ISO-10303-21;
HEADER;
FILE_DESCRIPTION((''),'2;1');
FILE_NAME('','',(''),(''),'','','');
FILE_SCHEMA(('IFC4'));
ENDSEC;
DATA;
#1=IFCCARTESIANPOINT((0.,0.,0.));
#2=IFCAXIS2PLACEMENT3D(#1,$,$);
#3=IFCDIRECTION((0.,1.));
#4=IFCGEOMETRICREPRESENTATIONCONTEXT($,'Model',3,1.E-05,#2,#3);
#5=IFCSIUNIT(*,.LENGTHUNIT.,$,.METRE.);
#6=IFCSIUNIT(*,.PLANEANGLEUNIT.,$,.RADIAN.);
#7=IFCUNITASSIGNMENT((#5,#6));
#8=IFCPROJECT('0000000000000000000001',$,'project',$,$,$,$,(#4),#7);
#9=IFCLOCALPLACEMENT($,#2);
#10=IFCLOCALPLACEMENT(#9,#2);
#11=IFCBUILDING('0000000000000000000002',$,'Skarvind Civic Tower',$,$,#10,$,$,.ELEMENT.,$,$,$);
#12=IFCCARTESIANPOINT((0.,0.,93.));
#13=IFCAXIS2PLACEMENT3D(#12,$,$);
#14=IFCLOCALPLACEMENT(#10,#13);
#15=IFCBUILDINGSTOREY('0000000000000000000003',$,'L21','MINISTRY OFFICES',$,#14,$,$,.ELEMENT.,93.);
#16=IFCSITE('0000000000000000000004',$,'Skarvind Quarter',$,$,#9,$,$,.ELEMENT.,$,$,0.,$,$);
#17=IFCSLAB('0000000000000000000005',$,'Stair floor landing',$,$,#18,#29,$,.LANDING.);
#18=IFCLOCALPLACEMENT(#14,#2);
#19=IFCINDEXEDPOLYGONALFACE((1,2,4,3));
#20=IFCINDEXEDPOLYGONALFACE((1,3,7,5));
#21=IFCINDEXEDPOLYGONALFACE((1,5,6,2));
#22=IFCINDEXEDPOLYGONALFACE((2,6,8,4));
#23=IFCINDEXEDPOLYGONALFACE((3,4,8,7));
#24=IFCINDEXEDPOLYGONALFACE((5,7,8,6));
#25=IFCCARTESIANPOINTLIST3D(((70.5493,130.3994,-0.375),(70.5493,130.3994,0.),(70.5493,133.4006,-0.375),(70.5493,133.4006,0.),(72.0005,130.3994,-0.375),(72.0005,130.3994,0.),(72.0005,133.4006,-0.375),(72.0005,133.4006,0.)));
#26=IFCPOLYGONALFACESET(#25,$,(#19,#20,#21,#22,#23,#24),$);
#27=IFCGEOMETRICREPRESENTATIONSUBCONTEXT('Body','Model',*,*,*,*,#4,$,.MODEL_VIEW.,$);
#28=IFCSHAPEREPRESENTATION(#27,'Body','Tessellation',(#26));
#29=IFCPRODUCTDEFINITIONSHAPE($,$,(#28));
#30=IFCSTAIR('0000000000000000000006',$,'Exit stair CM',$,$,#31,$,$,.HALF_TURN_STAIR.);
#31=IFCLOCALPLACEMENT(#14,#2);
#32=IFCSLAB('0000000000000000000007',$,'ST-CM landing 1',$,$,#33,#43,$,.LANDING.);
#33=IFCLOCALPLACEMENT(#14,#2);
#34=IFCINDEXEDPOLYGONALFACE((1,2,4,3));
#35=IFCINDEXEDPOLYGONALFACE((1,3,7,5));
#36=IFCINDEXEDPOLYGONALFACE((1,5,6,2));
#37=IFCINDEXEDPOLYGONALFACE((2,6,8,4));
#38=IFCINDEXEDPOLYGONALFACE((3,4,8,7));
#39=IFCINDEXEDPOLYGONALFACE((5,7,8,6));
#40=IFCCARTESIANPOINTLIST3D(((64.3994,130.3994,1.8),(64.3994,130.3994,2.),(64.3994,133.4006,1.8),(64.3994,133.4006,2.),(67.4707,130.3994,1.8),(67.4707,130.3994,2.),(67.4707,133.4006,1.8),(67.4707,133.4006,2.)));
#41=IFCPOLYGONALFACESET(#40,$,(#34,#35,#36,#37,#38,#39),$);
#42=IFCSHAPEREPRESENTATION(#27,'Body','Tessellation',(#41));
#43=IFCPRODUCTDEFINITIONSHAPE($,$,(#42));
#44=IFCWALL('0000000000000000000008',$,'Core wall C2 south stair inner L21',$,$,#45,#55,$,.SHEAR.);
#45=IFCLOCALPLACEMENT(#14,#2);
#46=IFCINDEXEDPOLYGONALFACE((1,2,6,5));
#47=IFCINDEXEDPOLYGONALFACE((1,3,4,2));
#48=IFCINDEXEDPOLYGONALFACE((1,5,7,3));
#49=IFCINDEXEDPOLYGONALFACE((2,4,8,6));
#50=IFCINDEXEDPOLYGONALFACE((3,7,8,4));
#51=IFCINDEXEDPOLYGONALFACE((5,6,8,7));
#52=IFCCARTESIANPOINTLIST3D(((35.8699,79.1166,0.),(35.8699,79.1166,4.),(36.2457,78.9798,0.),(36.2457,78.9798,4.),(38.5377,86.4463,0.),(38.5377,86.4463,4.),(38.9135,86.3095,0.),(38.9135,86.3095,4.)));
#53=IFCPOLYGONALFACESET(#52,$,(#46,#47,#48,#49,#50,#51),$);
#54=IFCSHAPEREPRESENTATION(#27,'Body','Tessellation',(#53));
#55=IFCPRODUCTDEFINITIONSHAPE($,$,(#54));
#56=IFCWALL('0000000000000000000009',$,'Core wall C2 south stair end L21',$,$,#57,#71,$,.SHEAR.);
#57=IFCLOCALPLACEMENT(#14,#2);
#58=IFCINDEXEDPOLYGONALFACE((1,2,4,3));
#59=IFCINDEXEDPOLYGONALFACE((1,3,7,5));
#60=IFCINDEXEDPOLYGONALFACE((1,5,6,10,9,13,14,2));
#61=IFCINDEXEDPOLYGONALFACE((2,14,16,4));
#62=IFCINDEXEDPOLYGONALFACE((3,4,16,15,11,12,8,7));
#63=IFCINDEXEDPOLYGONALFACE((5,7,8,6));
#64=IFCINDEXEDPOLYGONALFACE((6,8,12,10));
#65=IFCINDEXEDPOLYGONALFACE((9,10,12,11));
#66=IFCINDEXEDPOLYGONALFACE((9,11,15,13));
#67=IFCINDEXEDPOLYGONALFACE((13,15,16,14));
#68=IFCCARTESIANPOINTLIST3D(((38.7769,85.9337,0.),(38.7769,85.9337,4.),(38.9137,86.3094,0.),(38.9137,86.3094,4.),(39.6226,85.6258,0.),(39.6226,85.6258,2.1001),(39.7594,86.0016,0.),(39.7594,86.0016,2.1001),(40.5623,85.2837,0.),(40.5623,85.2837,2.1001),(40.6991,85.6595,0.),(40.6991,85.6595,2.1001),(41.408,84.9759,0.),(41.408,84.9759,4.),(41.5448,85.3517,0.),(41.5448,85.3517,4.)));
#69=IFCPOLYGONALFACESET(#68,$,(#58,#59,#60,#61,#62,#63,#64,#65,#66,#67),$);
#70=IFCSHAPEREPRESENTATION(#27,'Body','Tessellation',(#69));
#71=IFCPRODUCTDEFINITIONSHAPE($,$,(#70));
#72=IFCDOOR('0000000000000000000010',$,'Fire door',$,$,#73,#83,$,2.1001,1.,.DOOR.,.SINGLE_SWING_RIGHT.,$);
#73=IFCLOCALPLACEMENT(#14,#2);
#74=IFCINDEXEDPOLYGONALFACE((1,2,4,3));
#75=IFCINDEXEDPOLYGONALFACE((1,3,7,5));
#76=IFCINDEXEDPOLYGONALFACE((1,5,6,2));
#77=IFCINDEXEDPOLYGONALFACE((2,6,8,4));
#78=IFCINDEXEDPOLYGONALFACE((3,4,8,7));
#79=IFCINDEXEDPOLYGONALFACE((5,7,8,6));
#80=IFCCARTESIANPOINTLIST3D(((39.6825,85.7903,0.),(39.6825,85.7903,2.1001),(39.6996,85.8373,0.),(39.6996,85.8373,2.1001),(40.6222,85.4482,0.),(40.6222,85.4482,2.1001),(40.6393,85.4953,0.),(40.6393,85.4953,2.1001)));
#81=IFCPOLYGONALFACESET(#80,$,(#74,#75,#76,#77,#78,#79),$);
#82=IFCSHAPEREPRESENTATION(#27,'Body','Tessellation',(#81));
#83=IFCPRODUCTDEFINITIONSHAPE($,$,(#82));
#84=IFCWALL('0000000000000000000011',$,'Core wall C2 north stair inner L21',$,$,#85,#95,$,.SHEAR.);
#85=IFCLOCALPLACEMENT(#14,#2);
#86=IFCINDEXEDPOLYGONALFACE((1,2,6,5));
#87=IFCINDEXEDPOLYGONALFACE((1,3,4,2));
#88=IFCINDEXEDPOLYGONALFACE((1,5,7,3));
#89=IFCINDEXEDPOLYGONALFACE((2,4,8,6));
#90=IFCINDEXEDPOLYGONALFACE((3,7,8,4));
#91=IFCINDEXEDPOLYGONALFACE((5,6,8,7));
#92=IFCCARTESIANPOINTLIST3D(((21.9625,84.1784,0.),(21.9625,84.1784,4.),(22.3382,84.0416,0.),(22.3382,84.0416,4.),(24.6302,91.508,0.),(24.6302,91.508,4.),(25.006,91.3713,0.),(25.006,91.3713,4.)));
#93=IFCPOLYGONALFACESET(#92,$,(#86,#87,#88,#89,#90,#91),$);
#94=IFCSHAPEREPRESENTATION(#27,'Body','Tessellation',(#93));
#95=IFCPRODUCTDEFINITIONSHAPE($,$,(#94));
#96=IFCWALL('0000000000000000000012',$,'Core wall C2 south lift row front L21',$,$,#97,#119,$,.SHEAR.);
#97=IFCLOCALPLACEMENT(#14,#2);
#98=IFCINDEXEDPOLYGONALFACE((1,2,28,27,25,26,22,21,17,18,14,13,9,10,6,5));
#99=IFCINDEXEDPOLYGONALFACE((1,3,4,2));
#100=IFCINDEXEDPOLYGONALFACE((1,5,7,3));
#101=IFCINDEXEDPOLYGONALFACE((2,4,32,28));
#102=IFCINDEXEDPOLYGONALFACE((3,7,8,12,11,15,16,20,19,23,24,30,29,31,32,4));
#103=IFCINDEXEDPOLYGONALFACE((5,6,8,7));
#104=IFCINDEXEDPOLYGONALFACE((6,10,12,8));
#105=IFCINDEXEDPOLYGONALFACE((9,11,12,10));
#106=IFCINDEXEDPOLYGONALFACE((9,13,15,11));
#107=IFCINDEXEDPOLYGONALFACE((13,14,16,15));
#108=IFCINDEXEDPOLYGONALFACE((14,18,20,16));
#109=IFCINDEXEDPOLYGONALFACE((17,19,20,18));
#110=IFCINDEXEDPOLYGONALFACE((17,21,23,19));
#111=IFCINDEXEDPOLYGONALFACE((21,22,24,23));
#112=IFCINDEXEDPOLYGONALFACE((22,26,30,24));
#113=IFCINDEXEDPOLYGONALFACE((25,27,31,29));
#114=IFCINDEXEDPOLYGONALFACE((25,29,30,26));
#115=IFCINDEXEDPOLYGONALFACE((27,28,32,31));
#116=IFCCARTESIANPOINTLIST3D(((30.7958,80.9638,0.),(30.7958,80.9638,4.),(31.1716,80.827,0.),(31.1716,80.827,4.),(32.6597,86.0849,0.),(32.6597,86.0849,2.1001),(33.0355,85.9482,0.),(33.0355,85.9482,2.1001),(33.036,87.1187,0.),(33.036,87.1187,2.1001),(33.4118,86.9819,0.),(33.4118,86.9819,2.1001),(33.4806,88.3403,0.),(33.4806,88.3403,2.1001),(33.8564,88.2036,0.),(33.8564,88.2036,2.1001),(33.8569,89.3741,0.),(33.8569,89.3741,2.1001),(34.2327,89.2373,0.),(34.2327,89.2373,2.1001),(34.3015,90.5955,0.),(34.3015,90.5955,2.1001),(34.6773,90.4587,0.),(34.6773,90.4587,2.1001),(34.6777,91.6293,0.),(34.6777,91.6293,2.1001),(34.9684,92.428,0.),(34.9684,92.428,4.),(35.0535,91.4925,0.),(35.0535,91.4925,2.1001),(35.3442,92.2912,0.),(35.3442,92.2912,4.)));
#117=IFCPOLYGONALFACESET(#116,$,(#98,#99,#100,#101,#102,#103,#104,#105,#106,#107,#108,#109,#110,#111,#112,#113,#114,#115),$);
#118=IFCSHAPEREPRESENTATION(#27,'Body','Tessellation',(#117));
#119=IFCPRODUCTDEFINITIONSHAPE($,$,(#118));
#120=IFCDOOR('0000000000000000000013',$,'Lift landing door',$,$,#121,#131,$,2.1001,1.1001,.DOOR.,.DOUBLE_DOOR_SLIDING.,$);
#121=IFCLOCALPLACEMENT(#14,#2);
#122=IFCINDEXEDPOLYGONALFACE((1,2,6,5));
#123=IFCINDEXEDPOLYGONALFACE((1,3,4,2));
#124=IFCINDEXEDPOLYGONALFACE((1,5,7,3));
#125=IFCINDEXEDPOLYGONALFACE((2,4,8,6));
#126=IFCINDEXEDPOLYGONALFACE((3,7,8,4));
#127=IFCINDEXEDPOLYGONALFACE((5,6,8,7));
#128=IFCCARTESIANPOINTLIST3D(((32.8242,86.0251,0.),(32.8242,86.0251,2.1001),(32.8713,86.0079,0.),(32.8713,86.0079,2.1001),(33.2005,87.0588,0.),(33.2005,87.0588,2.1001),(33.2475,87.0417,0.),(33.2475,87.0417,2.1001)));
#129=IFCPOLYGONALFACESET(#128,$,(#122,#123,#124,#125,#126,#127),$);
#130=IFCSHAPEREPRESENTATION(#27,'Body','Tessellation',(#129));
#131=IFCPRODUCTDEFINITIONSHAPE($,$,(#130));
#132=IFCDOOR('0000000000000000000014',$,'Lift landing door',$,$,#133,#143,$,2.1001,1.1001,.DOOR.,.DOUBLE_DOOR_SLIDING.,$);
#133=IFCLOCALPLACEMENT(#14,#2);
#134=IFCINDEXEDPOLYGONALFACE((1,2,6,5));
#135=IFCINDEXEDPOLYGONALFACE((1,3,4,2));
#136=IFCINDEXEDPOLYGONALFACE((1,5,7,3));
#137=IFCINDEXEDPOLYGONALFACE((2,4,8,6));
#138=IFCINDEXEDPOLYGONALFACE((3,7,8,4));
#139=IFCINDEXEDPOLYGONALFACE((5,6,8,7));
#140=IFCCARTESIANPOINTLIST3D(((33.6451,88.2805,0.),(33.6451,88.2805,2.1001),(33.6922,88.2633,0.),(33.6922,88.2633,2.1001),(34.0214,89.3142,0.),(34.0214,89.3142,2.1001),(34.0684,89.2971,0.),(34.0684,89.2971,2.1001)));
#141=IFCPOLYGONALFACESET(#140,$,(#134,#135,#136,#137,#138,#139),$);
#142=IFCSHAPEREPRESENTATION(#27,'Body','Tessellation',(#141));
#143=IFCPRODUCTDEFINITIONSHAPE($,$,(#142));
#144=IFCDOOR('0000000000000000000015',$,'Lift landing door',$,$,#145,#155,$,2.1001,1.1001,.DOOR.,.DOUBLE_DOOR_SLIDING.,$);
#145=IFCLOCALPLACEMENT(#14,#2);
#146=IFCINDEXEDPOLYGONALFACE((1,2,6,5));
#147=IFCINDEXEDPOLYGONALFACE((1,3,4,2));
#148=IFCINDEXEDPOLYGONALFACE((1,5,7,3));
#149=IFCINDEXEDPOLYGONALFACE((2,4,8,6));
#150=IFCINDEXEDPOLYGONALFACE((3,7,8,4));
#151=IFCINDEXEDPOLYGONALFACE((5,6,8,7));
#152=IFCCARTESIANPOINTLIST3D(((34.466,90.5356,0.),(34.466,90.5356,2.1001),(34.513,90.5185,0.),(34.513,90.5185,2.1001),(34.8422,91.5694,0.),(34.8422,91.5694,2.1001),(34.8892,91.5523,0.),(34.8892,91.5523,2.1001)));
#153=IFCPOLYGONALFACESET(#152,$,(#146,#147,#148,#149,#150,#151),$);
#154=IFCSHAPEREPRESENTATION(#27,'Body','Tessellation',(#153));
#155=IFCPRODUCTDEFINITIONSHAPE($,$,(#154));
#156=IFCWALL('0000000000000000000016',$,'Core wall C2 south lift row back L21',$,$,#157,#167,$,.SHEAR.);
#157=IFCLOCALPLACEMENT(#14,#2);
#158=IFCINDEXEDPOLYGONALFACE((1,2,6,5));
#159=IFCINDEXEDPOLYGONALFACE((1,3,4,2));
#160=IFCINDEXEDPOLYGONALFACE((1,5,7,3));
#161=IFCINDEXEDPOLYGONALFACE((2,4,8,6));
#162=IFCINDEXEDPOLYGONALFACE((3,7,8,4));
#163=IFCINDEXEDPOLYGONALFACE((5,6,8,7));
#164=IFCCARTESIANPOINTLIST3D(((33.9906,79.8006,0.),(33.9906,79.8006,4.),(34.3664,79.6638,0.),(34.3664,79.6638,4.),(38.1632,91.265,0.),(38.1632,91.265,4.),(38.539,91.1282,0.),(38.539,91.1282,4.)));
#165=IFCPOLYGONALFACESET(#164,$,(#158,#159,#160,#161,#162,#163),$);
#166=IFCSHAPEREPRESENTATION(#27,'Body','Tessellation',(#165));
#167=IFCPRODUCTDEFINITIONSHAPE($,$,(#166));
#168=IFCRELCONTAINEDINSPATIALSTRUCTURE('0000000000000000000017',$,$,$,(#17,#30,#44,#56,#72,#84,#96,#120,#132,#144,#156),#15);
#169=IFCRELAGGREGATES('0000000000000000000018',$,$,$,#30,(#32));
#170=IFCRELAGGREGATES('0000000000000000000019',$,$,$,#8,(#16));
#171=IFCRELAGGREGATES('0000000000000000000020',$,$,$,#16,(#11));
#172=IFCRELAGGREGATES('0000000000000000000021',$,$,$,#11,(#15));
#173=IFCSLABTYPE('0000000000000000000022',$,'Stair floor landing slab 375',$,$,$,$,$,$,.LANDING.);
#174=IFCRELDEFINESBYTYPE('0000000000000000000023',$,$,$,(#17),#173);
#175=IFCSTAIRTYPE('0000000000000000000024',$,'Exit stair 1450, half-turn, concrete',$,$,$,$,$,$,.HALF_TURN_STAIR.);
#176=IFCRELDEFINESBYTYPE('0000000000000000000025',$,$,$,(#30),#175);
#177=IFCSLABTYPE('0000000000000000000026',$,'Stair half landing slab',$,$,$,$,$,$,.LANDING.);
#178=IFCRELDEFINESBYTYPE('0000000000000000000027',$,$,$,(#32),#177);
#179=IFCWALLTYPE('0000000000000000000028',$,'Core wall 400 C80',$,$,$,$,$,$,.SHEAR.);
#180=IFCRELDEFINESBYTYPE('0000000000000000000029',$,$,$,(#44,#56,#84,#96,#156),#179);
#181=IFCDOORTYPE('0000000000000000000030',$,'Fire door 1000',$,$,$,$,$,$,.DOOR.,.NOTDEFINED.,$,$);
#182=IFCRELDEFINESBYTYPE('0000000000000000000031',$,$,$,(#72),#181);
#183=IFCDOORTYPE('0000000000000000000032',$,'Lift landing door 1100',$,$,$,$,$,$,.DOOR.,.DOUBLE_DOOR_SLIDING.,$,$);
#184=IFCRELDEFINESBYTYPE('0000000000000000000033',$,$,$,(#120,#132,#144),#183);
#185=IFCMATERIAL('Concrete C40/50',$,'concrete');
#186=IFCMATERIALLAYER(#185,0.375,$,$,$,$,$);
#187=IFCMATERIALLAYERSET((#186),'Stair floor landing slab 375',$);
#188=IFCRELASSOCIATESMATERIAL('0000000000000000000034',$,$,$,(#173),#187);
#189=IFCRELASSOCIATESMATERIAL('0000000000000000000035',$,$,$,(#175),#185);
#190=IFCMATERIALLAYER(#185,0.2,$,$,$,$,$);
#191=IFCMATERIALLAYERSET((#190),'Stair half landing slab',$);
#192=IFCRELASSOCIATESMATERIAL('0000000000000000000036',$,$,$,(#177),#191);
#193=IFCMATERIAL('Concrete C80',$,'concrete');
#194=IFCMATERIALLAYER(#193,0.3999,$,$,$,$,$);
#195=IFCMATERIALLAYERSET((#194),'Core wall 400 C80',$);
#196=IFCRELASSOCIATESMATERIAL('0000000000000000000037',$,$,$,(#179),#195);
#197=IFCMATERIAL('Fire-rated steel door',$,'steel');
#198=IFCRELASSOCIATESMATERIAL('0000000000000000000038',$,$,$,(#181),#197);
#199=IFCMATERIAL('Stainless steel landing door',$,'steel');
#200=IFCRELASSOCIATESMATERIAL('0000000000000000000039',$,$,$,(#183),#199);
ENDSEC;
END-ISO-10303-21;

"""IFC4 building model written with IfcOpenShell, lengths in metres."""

from ifc_helpers import new_model, si_unit, direction, frame, frame_2d, origin, place, context, subcontext, project, spatial, polyline, rectangle, outline, extrude, material, layer, layer_set, type_object, element, fill, aggregate, save


model = new_model("IFC4")

# Units and contexts
model_context = context("Model", 3, precision=1e-05, world=origin(), true_north=direction((0.0, 1.0)))
body_context = subcontext(model_context, "Body", "Model", "MODEL_VIEW")
ifc_project = project(units=[si_unit("LENGTHUNIT", "METRE"), si_unit("PLANEANGLEUNIT", "RADIAN")], contexts=[model_context])

# Site, building, storey
site_placement = place(None, origin())
site = spatial("IfcSite", under=ifc_project, at=site_placement, Name="Skarvind Quarter", CompositionType="ELEMENT", RefElevation=0.0)
building_placement = place(site_placement, origin())
building = spatial("IfcBuilding", under=site, at=building_placement, Name="Skarvind Civic Tower", CompositionType="ELEMENT")
storey_placement = place(building_placement, frame((0.0, 0.0, 93.0)))
storey = spatial("IfcBuildingStorey", under=building, at=storey_placement, Name="L21", Description="MINISTRY OFFICES", CompositionType="ELEMENT", Elevation=93.0)

# Slab
ifc_material_1 = material(Name="Concrete C40/50", Category="concrete")
ifc_layer_1 = layer(ifc_material_1, 0.375)
ifc_layer_set_1 = layer_set([ifc_layer_1], Name="Stair floor landing slab 375")
slab_type_1 = type_object("IfcSlabType", Name="Stair floor landing slab 375", PredefinedType="LANDING", material=ifc_layer_set_1)
slab_1_placement = place(storey_placement, frame((0.0, 0.0, -0.375)))
element("IfcSlab", 1, at=slab_1_placement, inside=storey, type_object=slab_type_1, Name="Stair floor landing", PredefinedType="LANDING", context=body_context, shape_type="SweptSolid", body=[
    extrude(outline(polyline([(70.5493, 130.3994), (70.5493, 133.4006), (72.0005, 133.4006), (72.0005, 130.3994), (70.5493, 130.3994)])), origin(), (0.0, 0.0, 1.0), 0.375),
])

# Stair, slab
stair_type_1 = type_object("IfcStairType", Name="Exit stair 1450, half-turn, concrete", PredefinedType="HALF_TURN_STAIR", material=ifc_material_1)
stair_1_placement = place(storey_placement, origin())
stair_1 = element("IfcStair", 2, at=stair_1_placement, inside=storey, type_object=stair_type_1, Name="Exit stair CM", PredefinedType="HALF_TURN_STAIR")
ifc_layer_2 = layer(ifc_material_1, 0.2)
ifc_layer_set_2 = layer_set([ifc_layer_2], Name="Stair half landing slab")
slab_type_2 = type_object("IfcSlabType", Name="Stair half landing slab", PredefinedType="LANDING", material=ifc_layer_set_2)
slab_2_placement = place(storey_placement, frame((0.0, 0.0, 1.8)))
slab_2 = element("IfcSlab", 3, at=slab_2_placement, type_object=slab_type_2, Name="ST-CM landing 1", PredefinedType="LANDING", context=body_context, shape_type="SweptSolid", body=[
    extrude(outline(polyline([(67.4707, 133.4006), (67.4707, 130.3994), (64.3994, 130.3994), (64.3994, 133.4006), (67.4707, 133.4006)])), origin(), (0.0, 0.0, 1.0), 0.2),
])
aggregate(stair_1, [slab_2])

# Wall
ifc_material_2 = material(Name="Concrete C80", Category="concrete")
ifc_layer_3 = layer(ifc_material_2, 0.3999)
ifc_layer_set_3 = layer_set([ifc_layer_3], Name="Core wall 400 C80")
wall_type_1 = type_object("IfcWallType", Name="Core wall 400 C80", PredefinedType="SHEAR", material=ifc_layer_set_3)
wall_1_placement = place(storey_placement, frame((36.0579, 79.0483, 0.0), z_axis=(0.0, 0.0, 1.0), x_axis=(0.342017, 0.939694, 0.0)))
element("IfcWall", 4, at=wall_1_placement, inside=storey, type_object=wall_type_1, Name="Core wall C2 south stair inner L21", PredefinedType="SHEAR", context=body_context, shape_type="SweptSolid", body=[
    extrude(rectangle(XDim=7.8, YDim=0.3999, at=frame_2d((3.8999, 0.0))), origin(), (0.0, 0.0, 1.0), 4.0),
])

# Wall, opening, door
wall_2_placement = place(storey_placement, frame((41.4763, 85.1638, 0.0), z_axis=(0.0, 0.0, 1.0), x_axis=(-0.939679, 0.342058, 0.0)))
wall_2 = element("IfcWall", 5, at=wall_2_placement, inside=storey, type_object=wall_type_1, Name="Core wall C2 south stair end L21", PredefinedType="SHEAR", context=body_context, shape_type="SweptSolid", body=[
    extrude(rectangle(XDim=2.8, YDim=0.3999, at=frame_2d((1.3999, 0.0))), origin(), (0.0, 0.0, 1.0), 4.0),
])
opening_1_placement = place(wall_2_placement, frame((0.8999, 0.0, 0.0)))
opening_1 = element("IfcOpeningElement", 6, at=opening_1_placement, cuts=wall_2, PredefinedType="OPENING", context=body_context, shape_type="SweptSolid", body=[
    extrude(rectangle(XDim=1.0, YDim=2.1001, at=frame_2d((0.5, 1.05))), frame((0.0, 0.21, 0.0), z_axis=(0.0, -1.0, 0.0), x_axis=(1.0, 0.0, 0.0)), (0.0, 0.0, 1.0), 0.4199),
])
ifc_material_3 = material(Name="Fire-rated steel door", Category="steel")
door_type_1 = type_object("IfcDoorType", Name="Fire door 1000", OperationType="NOTDEFINED", PredefinedType="DOOR", material=ifc_material_3)
door_1_placement = place(opening_1_placement, origin())
door_1 = element("IfcDoor", 7, at=door_1_placement, inside=storey, type_object=door_type_1, Name="Fire door", OperationType="SINGLE_SWING_RIGHT", OverallHeight=2.1001, OverallWidth=1.0, PredefinedType="DOOR", context=body_context, shape_type="SweptSolid", body=[
    extrude(rectangle(XDim=1.0, YDim=2.1001, at=frame_2d((0.5, 1.05))), frame((0.0, 0.0249, 0.0), z_axis=(0.0, -1.0, 0.0), x_axis=(1.0, 0.0, 0.0)), (0.0, 0.0, 1.0), 0.05),
])
fill(opening_1, door_1)

# Wall
wall_3_placement = place(storey_placement, frame((22.1504, 84.1101, 0.0), z_axis=(0.0, 0.0, 1.0), x_axis=(0.342017, 0.939694, 0.0)))
element("IfcWall", 8, at=wall_3_placement, inside=storey, type_object=wall_type_1, Name="Core wall C2 north stair inner L21", PredefinedType="SHEAR", context=body_context, shape_type="SweptSolid", body=[
    extrude(rectangle(XDim=7.8, YDim=0.3999, at=frame_2d((3.8999, 0.0))), origin(), (0.0, 0.0, 1.0), 4.0),
])

# Wall, openings, doors
wall_4_placement = place(storey_placement, frame((30.9836, 80.8953, 0.0), z_axis=(0.0, 0.0, 1.0), x_axis=(0.342021, 0.939692, 0.0)))
wall_4 = element("IfcWall", 9, at=wall_4_placement, inside=storey, type_object=wall_type_1, Name="Core wall C2 south lift row front L21", PredefinedType="SHEAR", context=body_context, shape_type="SweptSolid", body=[
    extrude(rectangle(XDim=12.2, YDim=0.3999, at=frame_2d((6.1001, 0.0))), origin(), (0.0, 0.0, 1.0), 4.0),
])
opening_2_placement = place(wall_4_placement, frame((5.45, 0.0, 0.0)))
opening_2 = element("IfcOpeningElement", 10, at=opening_2_placement, cuts=wall_4, PredefinedType="OPENING", context=body_context, shape_type="SweptSolid", body=[
    extrude(rectangle(XDim=1.1001, YDim=2.1001, at=frame_2d((0.55, 1.05))), frame((0.0, 0.21, 0.0), z_axis=(0.0, -1.0, 0.0), x_axis=(1.0, 0.0, 0.0)), (0.0, 0.0, 1.0), 0.4199),
])
opening_3_placement = place(wall_4_placement, frame((7.8501, 0.0, 0.0)))
opening_3 = element("IfcOpeningElement", 11, at=opening_3_placement, cuts=wall_4, PredefinedType="OPENING", context=body_context, shape_type="SweptSolid", body=[
    extrude(rectangle(XDim=1.1001, YDim=2.1001, at=frame_2d((0.55, 1.05))), frame((0.0, 0.21, 0.0), z_axis=(0.0, -1.0, 0.0), x_axis=(1.0, 0.0, 0.0)), (0.0, 0.0, 1.0), 0.4199),
])
opening_4_placement = place(wall_4_placement, frame((10.25, 0.0, 0.0)))
opening_4 = element("IfcOpeningElement", 12, at=opening_4_placement, cuts=wall_4, PredefinedType="OPENING", context=body_context, shape_type="SweptSolid", body=[
    extrude(rectangle(XDim=1.1001, YDim=2.1001, at=frame_2d((0.55, 1.05))), frame((0.0, 0.21, 0.0), z_axis=(0.0, -1.0, 0.0), x_axis=(1.0, 0.0, 0.0)), (0.0, 0.0, 1.0), 0.4199),
])
ifc_material_4 = material(Name="Stainless steel landing door", Category="steel")
door_type_2 = type_object("IfcDoorType", Name="Lift landing door 1100", OperationType="DOUBLE_DOOR_SLIDING", PredefinedType="DOOR", material=ifc_material_4)
door_2_placement = place(opening_2_placement, origin())
door_2 = element("IfcDoor", 13, at=door_2_placement, inside=storey, type_object=door_type_2, Name="Lift landing door", OperationType="DOUBLE_DOOR_SLIDING", OverallHeight=2.1001, OverallWidth=1.1001, PredefinedType="DOOR", context=body_context, shape_type="SweptSolid", body=[
    extrude(rectangle(XDim=1.1001, YDim=2.1001, at=frame_2d((0.55, 1.05))), frame((0.0, 0.0249, 0.0), z_axis=(0.0, -1.0, 0.0), x_axis=(1.0, 0.0, 0.0)), (0.0, 0.0, 1.0), 0.05),
])
fill(opening_2, door_2)
door_3_placement = place(opening_3_placement, origin())
door_3 = element("IfcDoor", 14, at=door_3_placement, inside=storey, type_object=door_type_2, Name="Lift landing door", OperationType="DOUBLE_DOOR_SLIDING", OverallHeight=2.1001, OverallWidth=1.1001, PredefinedType="DOOR", context=body_context, shape_type="SweptSolid", body=[
    extrude(rectangle(XDim=1.1001, YDim=2.1001, at=frame_2d((0.55, 1.05))), frame((0.0, 0.0249, 0.0), z_axis=(0.0, -1.0, 0.0), x_axis=(1.0, 0.0, 0.0)), (0.0, 0.0, 1.0), 0.05),
])
fill(opening_3, door_3)
door_4_placement = place(opening_4_placement, origin())
door_4 = element("IfcDoor", 15, at=door_4_placement, inside=storey, type_object=door_type_2, Name="Lift landing door", OperationType="DOUBLE_DOOR_SLIDING", OverallHeight=2.1001, OverallWidth=1.1001, PredefinedType="DOOR", context=body_context, shape_type="SweptSolid", body=[
    extrude(rectangle(XDim=1.1001, YDim=2.1001, at=frame_2d((0.55, 1.05))), frame((0.0, 0.0249, 0.0), z_axis=(0.0, -1.0, 0.0), x_axis=(1.0, 0.0, 0.0)), (0.0, 0.0, 1.0), 0.05),
])
fill(opening_4, door_4)

# Wall
wall_5_placement = place(storey_placement, frame((34.1785, 79.7322, 0.0), z_axis=(0.0, 0.0, 1.0), x_axis=(0.342015, 0.939695, 0.0)))
element("IfcWall", 16, at=wall_5_placement, inside=storey, type_object=wall_type_1, Name="Core wall C2 south lift row back L21", PredefinedType="SHEAR", context=body_context, shape_type="SweptSolid", body=[
    extrude(rectangle(XDim=12.2002, YDim=0.3999, at=frame_2d((6.1001, 0.0))), origin(), (0.0, 0.0, 1.0), 4.0),
])

save(model, "model.ifc")
